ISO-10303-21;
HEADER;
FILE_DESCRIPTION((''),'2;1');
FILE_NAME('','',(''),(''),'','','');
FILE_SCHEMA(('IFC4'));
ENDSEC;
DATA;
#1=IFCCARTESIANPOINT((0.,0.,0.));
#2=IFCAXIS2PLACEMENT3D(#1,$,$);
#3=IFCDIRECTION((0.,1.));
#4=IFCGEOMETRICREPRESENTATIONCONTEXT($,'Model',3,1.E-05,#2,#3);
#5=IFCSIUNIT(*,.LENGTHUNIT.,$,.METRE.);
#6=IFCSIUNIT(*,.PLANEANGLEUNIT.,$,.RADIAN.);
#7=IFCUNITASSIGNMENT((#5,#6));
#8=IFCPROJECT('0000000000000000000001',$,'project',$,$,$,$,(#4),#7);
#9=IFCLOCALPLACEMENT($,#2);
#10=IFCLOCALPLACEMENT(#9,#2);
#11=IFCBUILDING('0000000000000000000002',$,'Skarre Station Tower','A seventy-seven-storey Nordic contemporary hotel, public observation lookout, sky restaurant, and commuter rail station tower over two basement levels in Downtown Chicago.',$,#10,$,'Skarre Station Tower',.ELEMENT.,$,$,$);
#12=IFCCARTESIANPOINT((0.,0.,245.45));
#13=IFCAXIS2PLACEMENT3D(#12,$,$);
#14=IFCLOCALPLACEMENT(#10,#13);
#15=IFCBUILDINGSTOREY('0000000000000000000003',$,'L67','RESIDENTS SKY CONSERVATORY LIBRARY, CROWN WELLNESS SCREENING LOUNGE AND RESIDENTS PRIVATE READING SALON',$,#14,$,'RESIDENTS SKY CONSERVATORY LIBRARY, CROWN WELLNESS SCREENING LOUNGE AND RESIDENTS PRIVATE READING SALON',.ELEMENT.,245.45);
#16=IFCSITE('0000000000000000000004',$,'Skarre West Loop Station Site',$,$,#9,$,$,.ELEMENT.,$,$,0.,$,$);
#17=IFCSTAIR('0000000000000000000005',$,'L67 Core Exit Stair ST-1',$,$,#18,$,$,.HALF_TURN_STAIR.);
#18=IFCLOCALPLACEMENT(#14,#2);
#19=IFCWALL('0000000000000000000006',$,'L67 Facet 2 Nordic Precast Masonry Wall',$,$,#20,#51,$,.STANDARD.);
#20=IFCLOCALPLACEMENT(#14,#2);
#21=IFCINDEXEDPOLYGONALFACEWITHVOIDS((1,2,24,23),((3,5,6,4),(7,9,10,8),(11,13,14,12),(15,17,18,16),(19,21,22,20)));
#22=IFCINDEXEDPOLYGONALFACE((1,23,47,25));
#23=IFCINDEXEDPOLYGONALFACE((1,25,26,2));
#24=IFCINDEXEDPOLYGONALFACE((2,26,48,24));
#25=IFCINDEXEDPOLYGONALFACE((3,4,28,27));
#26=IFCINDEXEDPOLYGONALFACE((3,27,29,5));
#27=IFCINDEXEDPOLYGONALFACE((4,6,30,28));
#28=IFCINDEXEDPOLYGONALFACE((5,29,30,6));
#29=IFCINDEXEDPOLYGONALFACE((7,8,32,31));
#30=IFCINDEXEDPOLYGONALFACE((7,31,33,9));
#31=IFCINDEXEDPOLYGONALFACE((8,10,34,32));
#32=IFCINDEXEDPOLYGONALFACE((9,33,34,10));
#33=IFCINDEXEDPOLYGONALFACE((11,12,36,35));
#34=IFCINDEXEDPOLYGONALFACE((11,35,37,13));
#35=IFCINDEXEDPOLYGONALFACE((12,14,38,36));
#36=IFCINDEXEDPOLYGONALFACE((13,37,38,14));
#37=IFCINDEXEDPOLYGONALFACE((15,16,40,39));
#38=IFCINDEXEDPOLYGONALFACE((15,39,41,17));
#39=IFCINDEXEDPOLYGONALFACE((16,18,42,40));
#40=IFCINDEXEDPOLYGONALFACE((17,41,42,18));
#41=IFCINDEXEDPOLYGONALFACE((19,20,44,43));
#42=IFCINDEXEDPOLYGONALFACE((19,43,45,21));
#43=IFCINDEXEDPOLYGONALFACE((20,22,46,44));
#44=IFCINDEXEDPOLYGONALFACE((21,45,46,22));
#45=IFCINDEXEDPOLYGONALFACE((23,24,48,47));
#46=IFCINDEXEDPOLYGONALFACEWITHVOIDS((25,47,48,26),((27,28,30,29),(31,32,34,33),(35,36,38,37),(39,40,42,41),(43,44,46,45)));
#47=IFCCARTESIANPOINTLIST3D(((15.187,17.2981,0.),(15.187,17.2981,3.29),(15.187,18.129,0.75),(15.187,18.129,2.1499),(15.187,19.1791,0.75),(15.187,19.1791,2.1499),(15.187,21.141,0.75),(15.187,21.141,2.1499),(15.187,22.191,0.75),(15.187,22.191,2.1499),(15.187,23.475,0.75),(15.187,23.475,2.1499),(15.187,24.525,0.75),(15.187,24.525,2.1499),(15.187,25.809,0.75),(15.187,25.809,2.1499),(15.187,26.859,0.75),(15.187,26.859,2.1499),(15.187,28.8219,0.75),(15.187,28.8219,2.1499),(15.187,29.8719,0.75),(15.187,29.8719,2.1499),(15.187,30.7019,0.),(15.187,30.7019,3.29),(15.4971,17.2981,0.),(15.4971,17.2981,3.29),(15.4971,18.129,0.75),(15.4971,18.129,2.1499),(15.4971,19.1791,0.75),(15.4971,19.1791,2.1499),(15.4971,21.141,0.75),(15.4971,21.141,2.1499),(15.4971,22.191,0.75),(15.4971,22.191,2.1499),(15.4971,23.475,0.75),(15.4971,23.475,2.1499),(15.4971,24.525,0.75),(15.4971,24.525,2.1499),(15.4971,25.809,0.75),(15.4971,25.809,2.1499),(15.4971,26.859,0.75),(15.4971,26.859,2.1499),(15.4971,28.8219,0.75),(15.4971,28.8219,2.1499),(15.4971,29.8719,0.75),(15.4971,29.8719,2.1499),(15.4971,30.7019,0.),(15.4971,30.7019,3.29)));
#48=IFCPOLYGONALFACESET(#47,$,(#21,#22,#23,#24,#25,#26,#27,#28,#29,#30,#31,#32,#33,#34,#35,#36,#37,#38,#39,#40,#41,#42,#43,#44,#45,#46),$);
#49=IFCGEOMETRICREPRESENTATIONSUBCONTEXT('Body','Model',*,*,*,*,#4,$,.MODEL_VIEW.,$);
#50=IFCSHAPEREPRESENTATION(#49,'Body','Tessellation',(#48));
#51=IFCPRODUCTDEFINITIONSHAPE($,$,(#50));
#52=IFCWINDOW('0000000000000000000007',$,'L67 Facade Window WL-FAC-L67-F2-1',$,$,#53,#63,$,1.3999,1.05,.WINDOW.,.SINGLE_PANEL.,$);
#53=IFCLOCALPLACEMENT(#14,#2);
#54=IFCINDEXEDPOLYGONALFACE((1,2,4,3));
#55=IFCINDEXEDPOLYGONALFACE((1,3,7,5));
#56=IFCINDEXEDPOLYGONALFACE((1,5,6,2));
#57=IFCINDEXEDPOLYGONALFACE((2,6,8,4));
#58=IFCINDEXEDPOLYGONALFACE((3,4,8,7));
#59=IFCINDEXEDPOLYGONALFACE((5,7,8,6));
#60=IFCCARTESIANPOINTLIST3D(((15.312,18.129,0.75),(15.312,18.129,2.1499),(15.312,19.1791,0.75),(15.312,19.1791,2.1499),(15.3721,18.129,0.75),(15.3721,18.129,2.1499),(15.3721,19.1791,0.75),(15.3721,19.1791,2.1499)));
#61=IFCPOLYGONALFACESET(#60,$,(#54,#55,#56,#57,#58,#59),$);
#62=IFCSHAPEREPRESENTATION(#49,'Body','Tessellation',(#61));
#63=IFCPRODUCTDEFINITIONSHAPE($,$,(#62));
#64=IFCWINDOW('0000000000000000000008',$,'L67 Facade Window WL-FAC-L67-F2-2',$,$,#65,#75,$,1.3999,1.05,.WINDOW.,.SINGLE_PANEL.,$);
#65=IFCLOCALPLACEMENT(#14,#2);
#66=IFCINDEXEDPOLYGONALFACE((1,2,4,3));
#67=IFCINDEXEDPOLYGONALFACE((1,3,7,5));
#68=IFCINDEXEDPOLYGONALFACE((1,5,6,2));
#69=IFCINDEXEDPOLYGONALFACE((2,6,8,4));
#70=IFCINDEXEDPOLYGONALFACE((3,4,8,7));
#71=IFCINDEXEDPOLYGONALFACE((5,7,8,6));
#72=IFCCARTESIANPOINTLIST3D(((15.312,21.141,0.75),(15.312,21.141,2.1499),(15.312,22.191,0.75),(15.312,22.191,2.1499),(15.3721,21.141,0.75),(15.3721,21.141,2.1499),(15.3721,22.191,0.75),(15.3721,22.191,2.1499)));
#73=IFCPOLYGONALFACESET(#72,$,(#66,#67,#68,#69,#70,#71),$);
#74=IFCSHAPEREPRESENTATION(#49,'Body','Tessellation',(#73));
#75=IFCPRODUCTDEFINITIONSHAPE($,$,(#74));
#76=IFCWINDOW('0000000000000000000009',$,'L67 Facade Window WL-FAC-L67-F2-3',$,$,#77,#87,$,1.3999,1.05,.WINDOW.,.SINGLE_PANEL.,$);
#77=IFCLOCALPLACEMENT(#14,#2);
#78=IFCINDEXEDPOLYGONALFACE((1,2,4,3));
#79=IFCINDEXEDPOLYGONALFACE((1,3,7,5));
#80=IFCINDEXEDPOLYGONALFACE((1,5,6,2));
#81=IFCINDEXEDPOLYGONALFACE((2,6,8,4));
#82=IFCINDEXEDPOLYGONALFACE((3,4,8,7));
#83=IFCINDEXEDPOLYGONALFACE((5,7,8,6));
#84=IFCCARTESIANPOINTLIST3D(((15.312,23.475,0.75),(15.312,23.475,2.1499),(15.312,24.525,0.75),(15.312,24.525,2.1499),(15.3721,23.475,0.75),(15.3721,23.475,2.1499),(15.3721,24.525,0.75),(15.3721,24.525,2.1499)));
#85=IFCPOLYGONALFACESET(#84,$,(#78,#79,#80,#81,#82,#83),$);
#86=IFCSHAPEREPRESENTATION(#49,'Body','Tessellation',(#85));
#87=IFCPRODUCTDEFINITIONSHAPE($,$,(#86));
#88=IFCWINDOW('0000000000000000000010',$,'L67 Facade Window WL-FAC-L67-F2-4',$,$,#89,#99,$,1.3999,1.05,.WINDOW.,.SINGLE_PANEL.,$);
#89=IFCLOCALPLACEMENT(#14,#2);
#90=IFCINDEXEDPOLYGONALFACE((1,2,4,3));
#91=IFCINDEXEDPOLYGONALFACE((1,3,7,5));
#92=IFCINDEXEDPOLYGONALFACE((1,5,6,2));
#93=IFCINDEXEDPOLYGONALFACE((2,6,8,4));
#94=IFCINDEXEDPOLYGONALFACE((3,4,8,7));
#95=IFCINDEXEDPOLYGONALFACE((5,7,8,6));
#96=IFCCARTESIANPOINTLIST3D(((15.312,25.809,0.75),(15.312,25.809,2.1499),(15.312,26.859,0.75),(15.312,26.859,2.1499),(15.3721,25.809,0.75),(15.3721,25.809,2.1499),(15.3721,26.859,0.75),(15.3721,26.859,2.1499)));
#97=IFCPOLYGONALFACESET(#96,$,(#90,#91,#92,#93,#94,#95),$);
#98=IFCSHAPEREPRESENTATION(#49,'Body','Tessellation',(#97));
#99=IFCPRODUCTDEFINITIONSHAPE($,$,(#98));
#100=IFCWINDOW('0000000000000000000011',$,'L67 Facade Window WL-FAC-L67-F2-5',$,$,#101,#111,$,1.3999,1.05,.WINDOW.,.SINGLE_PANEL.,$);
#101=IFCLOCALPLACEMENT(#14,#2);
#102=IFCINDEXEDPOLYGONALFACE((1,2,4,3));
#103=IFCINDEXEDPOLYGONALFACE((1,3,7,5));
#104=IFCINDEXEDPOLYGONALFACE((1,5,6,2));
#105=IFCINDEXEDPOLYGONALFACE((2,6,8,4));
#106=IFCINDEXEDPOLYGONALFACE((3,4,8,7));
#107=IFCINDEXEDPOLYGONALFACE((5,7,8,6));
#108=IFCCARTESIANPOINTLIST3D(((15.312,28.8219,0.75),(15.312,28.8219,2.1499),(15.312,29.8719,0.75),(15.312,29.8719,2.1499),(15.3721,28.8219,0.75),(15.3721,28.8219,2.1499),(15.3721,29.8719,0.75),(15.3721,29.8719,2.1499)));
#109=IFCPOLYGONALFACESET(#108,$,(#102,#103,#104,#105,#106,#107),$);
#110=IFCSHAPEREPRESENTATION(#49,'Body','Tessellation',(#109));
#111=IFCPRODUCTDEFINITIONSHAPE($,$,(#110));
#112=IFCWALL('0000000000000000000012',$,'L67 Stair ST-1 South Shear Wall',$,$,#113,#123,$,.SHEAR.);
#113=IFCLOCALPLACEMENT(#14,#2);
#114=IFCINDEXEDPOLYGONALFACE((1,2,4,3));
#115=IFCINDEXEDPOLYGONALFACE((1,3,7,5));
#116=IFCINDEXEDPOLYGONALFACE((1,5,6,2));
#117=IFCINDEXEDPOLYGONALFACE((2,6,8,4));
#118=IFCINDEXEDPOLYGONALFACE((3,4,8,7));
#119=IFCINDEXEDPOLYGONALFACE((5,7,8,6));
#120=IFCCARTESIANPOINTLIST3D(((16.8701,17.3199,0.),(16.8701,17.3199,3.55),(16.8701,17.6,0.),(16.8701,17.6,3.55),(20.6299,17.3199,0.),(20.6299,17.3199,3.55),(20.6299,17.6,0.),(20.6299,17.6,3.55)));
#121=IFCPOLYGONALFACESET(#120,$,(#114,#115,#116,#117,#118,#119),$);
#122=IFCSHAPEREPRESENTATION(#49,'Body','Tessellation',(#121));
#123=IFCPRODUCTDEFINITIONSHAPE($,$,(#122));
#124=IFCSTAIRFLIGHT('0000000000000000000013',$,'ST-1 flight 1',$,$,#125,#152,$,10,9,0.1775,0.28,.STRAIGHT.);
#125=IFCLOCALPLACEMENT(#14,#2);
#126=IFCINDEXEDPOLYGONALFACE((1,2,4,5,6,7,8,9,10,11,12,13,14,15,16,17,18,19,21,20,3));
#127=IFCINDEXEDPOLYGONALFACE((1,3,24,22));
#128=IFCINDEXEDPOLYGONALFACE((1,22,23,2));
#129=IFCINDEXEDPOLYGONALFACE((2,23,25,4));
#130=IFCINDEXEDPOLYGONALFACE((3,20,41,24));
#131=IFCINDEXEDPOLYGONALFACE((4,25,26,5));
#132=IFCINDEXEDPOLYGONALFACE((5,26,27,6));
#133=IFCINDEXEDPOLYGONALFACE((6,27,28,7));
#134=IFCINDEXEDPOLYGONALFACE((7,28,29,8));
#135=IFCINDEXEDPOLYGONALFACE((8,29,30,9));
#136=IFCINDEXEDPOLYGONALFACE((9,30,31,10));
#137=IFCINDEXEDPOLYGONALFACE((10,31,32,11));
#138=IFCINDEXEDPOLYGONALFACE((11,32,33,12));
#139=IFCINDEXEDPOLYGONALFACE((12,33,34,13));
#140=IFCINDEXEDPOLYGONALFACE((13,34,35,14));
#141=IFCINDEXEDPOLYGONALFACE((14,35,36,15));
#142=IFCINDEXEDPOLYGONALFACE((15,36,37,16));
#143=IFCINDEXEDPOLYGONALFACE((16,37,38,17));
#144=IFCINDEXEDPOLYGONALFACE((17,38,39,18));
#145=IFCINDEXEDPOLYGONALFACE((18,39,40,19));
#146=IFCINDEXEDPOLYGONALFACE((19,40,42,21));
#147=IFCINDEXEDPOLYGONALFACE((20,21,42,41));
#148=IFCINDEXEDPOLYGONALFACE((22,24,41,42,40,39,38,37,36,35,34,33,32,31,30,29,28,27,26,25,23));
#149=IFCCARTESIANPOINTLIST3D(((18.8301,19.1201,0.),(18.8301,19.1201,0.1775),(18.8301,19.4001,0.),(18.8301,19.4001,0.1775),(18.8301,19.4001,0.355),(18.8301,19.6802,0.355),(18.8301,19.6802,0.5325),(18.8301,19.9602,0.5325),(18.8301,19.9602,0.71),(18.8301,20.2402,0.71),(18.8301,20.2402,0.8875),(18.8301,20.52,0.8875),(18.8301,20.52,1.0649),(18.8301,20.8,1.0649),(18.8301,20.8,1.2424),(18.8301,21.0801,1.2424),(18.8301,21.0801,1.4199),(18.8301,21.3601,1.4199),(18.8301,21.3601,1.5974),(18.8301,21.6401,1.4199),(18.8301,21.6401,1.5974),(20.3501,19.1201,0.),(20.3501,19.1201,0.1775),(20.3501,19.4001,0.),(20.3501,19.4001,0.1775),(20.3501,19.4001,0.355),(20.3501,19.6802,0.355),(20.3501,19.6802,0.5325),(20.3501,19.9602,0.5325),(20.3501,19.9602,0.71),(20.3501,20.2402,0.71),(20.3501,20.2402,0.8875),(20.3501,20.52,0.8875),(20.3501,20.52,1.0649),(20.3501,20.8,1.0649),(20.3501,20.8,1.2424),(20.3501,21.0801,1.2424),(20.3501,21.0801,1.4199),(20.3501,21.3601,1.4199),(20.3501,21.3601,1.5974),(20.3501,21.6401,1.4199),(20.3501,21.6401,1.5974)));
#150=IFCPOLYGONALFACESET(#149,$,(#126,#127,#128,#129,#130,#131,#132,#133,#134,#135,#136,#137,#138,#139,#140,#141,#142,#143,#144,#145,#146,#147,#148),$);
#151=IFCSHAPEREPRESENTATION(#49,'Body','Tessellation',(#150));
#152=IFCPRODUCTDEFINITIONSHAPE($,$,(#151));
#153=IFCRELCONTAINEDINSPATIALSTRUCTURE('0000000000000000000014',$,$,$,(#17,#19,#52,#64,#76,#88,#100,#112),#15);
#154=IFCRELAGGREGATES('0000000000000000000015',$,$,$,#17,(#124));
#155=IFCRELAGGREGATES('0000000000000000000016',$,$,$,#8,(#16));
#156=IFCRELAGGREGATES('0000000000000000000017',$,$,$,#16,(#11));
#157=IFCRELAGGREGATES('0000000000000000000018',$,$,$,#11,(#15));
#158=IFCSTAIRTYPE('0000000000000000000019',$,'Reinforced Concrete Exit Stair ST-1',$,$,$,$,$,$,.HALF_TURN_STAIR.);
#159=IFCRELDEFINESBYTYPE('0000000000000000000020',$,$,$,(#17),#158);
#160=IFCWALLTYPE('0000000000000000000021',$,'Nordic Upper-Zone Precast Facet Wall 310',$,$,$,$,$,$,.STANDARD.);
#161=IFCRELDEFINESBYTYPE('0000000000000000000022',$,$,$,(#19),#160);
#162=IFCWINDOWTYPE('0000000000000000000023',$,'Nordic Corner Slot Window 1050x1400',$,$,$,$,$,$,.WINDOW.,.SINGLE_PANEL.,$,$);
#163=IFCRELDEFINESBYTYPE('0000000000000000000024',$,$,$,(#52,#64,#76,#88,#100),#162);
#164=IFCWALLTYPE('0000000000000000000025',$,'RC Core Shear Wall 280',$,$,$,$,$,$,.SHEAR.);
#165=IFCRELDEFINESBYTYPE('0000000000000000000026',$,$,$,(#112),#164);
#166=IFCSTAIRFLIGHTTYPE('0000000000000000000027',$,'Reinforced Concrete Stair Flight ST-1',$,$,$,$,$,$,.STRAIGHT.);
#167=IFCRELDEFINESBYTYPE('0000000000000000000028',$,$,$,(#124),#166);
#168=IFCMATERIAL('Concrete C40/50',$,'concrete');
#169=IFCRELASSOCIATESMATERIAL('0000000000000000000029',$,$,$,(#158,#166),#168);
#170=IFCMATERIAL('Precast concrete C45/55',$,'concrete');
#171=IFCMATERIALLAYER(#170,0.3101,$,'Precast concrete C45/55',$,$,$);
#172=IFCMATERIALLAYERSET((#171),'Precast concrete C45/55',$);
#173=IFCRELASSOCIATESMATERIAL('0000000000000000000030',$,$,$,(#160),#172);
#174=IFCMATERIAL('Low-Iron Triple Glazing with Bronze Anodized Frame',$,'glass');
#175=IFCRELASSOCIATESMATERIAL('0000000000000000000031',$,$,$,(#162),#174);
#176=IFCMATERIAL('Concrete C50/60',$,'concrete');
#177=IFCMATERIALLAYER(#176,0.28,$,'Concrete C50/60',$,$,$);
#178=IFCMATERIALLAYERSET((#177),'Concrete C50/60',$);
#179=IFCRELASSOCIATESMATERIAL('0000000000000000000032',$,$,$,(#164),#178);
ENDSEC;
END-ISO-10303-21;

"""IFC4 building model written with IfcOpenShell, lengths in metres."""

from ifc_helpers import new_model, si_unit, direction, frame, frame_2d, origin, place, context, subcontext, project, spatial, polyline, rectangle, outline, extrude, material, layer, layer_set, type_object, element, fill, aggregate, save


model = new_model("IFC4")

# Units and contexts
model_context = context("Model", 3, precision=1e-05, world=origin(), true_north=direction((0.0, 1.0)))
body_context = subcontext(model_context, "Body", "Model", "MODEL_VIEW")
ifc_project = project(units=[si_unit("LENGTHUNIT", "METRE"), si_unit("PLANEANGLEUNIT", "RADIAN")], contexts=[model_context])

# Site, building, storey
site_placement = place(None, origin())
site = spatial("IfcSite", under=ifc_project, at=site_placement, Name="Skarre West Loop Station Site", CompositionType="ELEMENT", RefElevation=0.0)
building_placement = place(site_placement, origin())
building = spatial("IfcBuilding", under=site, at=building_placement, Name="Skarre Station Tower", Description="A seventy-seven-storey Nordic contemporary hotel, public observation lookout, sky restaurant, and commuter rail station tower over two basement levels in Downtown Chicago.", LongName="Skarre Station Tower", CompositionType="ELEMENT")
storey_placement = place(building_placement, frame((0.0, 0.0, 245.45)))
storey = spatial("IfcBuildingStorey", under=building, at=storey_placement, Name="L67", Description="RESIDENTS SKY CONSERVATORY LIBRARY, CROWN WELLNESS SCREENING LOUNGE AND RESIDENTS PRIVATE READING SALON", LongName="RESIDENTS SKY CONSERVATORY LIBRARY, CROWN WELLNESS SCREENING LOUNGE AND RESIDENTS PRIVATE READING SALON", CompositionType="ELEMENT", Elevation=245.45)

# Shared definitions
ifc_material_1 = material(Name="Concrete C50/60", Category="concrete")

# Stair
ifc_material_2 = material(Name="Concrete C40/50", Category="concrete")
stair_type_1 = type_object("IfcStairType", Name="Reinforced Concrete Exit Stair ST-1", PredefinedType="HALF_TURN_STAIR", material=ifc_material_2)
stair_1_placement = place(storey_placement, origin())
stair_1 = element("IfcStair", 1, at=stair_1_placement, inside=storey, type_object=stair_type_1, Name="L67 Core Exit Stair ST-1", PredefinedType="HALF_TURN_STAIR")

# Shared definitions
ifc_material_3 = material(Name="Precast concrete C45/55", Category="concrete")

# Wall, openings, windows
ifc_layer_1 = layer(ifc_material_3, 0.3101, Name="Precast concrete C45/55")
ifc_layer_set_1 = layer_set([ifc_layer_1], Name="Precast concrete C45/55")
wall_type_1 = type_object("IfcWallType", Name="Nordic Upper-Zone Precast Facet Wall 310", PredefinedType="STANDARD", material=ifc_layer_set_1)
wall_1_placement = place(storey_placement, frame((15.342, 17.2981, 0.0), z_axis=(0.0, 0.0, 1.0), x_axis=(0.0, 1.0, 0.0)))
wall_1 = element("IfcWall", 2, at=wall_1_placement, inside=storey, type_object=wall_type_1, Name="L67 Facet 2 Nordic Precast Masonry Wall", PredefinedType="STANDARD", context=body_context, shape_type="SweptSolid", body=[
    extrude(rectangle(XDim=13.4038, YDim=0.3101, at=frame_2d((6.7019, 0.0))), origin(), (0.0, 0.0, 1.0), 3.29),
])
opening_1_placement = place(wall_1_placement, frame((0.8311, 0.0, 0.75)))
opening_1 = element("IfcOpeningElement", 3, at=opening_1_placement, cuts=wall_1, PredefinedType="OPENING", context=body_context, shape_type="SweptSolid", body=[
    extrude(rectangle(XDim=1.05, YDim=1.3999, at=frame_2d((0.5249, 0.7))), frame((0.0, 0.165, 0.0), z_axis=(0.0, -1.0, 0.0), x_axis=(1.0, 0.0, 0.0)), (0.0, 0.0, 1.0), 0.3301),
])
opening_2_placement = place(wall_1_placement, frame((3.843, 0.0, 0.75)))
opening_2 = element("IfcOpeningElement", 4, at=opening_2_placement, cuts=wall_1, PredefinedType="OPENING", context=body_context, shape_type="SweptSolid", body=[
    extrude(rectangle(XDim=1.05, YDim=1.3999, at=frame_2d((0.5249, 0.7))), frame((0.0, 0.165, 0.0), z_axis=(0.0, -1.0, 0.0), x_axis=(1.0, 0.0, 0.0)), (0.0, 0.0, 1.0), 0.3301),
])
opening_3_placement = place(wall_1_placement, frame((6.177, 0.0, 0.75)))
opening_3 = element("IfcOpeningElement", 5, at=opening_3_placement, cuts=wall_1, PredefinedType="OPENING", context=body_context, shape_type="SweptSolid", body=[
    extrude(rectangle(XDim=1.05, YDim=1.3999, at=frame_2d((0.5249, 0.7))), frame((0.0, 0.165, 0.0), z_axis=(0.0, -1.0, 0.0), x_axis=(1.0, 0.0, 0.0)), (0.0, 0.0, 1.0), 0.3301),
])
opening_4_placement = place(wall_1_placement, frame((8.511, 0.0, 0.75)))
opening_4 = element("IfcOpeningElement", 6, at=opening_4_placement, cuts=wall_1, PredefinedType="OPENING", context=body_context, shape_type="SweptSolid", body=[
    extrude(rectangle(XDim=1.05, YDim=1.3999, at=frame_2d((0.5249, 0.7))), frame((0.0, 0.165, 0.0), z_axis=(0.0, -1.0, 0.0), x_axis=(1.0, 0.0, 0.0)), (0.0, 0.0, 1.0), 0.3301),
])
opening_5_placement = place(wall_1_placement, frame((11.5239, 0.0, 0.75)))
opening_5 = element("IfcOpeningElement", 7, at=opening_5_placement, cuts=wall_1, PredefinedType="OPENING", context=body_context, shape_type="SweptSolid", body=[
    extrude(rectangle(XDim=1.05, YDim=1.3999, at=frame_2d((0.5249, 0.7))), frame((0.0, 0.165, 0.0), z_axis=(0.0, -1.0, 0.0), x_axis=(1.0, 0.0, 0.0)), (0.0, 0.0, 1.0), 0.3301),
])
ifc_material_4 = material(Name="Low-Iron Triple Glazing with Bronze Anodized Frame", Category="glass")
window_type = type_object("IfcWindowType", Name="Nordic Corner Slot Window 1050x1400", PartitioningType="SINGLE_PANEL", PredefinedType="WINDOW", material=ifc_material_4)
window_1_placement = place(opening_1_placement, origin())
window_1 = element("IfcWindow", 8, at=window_1_placement, inside=storey, type_object=window_type, Name="L67 Facade Window WL-FAC-L67-F2-1", OverallHeight=1.3999, OverallWidth=1.05, PartitioningType="SINGLE_PANEL", PredefinedType="WINDOW", context=body_context, shape_type="SweptSolid", body=[
    extrude(rectangle(XDim=1.05, YDim=1.3999, at=frame_2d((0.5249, 0.7))), frame((0.0, 0.03, 0.0), z_axis=(0.0, -1.0, 0.0), x_axis=(1.0, 0.0, 0.0)), (0.0, 0.0, 1.0), 0.0601),
])
fill(opening_1, window_1)
window_2_placement = place(opening_2_placement, origin())
window_2 = element("IfcWindow", 9, at=window_2_placement, inside=storey, type_object=window_type, Name="L67 Facade Window WL-FAC-L67-F2-2", OverallHeight=1.3999, OverallWidth=1.05, PartitioningType="SINGLE_PANEL", PredefinedType="WINDOW", context=body_context, shape_type="SweptSolid", body=[
    extrude(rectangle(XDim=1.05, YDim=1.3999, at=frame_2d((0.5249, 0.7))), frame((0.0, 0.03, 0.0), z_axis=(0.0, -1.0, 0.0), x_axis=(1.0, 0.0, 0.0)), (0.0, 0.0, 1.0), 0.0601),
])
fill(opening_2, window_2)
window_3_placement = place(opening_3_placement, origin())
window_3 = element("IfcWindow", 10, at=window_3_placement, inside=storey, type_object=window_type, Name="L67 Facade Window WL-FAC-L67-F2-3", OverallHeight=1.3999, OverallWidth=1.05, PartitioningType="SINGLE_PANEL", PredefinedType="WINDOW", context=body_context, shape_type="SweptSolid", body=[
    extrude(rectangle(XDim=1.05, YDim=1.3999, at=frame_2d((0.5249, 0.7))), frame((0.0, 0.03, 0.0), z_axis=(0.0, -1.0, 0.0), x_axis=(1.0, 0.0, 0.0)), (0.0, 0.0, 1.0), 0.0601),
])
fill(opening_3, window_3)
window_4_placement = place(opening_4_placement, origin())
window_4 = element("IfcWindow", 11, at=window_4_placement, inside=storey, type_object=window_type, Name="L67 Facade Window WL-FAC-L67-F2-4", OverallHeight=1.3999, OverallWidth=1.05, PartitioningType="SINGLE_PANEL", PredefinedType="WINDOW", context=body_context, shape_type="SweptSolid", body=[
    extrude(rectangle(XDim=1.05, YDim=1.3999, at=frame_2d((0.5249, 0.7))), frame((0.0, 0.03, 0.0), z_axis=(0.0, -1.0, 0.0), x_axis=(1.0, 0.0, 0.0)), (0.0, 0.0, 1.0), 0.0601),
])
fill(opening_4, window_4)
window_5_placement = place(opening_5_placement, origin())
window_5 = element("IfcWindow", 12, at=window_5_placement, inside=storey, type_object=window_type, Name="L67 Facade Window WL-FAC-L67-F2-5", OverallHeight=1.3999, OverallWidth=1.05, PartitioningType="SINGLE_PANEL", PredefinedType="WINDOW", context=body_context, shape_type="SweptSolid", body=[
    extrude(rectangle(XDim=1.05, YDim=1.3999, at=frame_2d((0.5249, 0.7))), frame((0.0, 0.03, 0.0), z_axis=(0.0, -1.0, 0.0), x_axis=(1.0, 0.0, 0.0)), (0.0, 0.0, 1.0), 0.0601),
])
fill(opening_5, window_5)

# Wall
ifc_layer_2 = layer(ifc_material_1, 0.28, Name="Concrete C50/60")
ifc_layer_set_2 = layer_set([ifc_layer_2], Name="Concrete C50/60")
wall_type_2 = type_object("IfcWallType", Name="RC Core Shear Wall 280", PredefinedType="SHEAR", material=ifc_layer_set_2)
wall_2_placement = place(storey_placement, frame((16.8701, 17.46, 0.0), z_axis=(0.0, 0.0, 1.0), x_axis=(1.0, 0.0, 0.0)))
element("IfcWall", 13, at=wall_2_placement, inside=storey, type_object=wall_type_2, Name="L67 Stair ST-1 South Shear Wall", PredefinedType="SHEAR", context=body_context, shape_type="SweptSolid", body=[
    extrude(rectangle(XDim=3.7598, YDim=0.28, at=frame_2d((1.8799, 0.0))), origin(), (0.0, 0.0, 1.0), 3.55),
])

# Stair flight
stair_flight_type = type_object("IfcStairFlightType", Name="Reinforced Concrete Stair Flight ST-1", PredefinedType="STRAIGHT", material=ifc_material_2)
stair_flight_1_placement = place(storey_placement, frame((19.5901, 19.1201, 0.0), z_axis=(0.0, 0.0, 1.0), x_axis=(0.0, 1.0, 0.0)))
stair_flight_1 = element("IfcStairFlight", 14, at=stair_flight_1_placement, type_object=stair_flight_type, Name="ST-1 flight 1", NumberOfRisers=10, NumberOfTreads=9, PredefinedType="STRAIGHT", RiserHeight=0.1775, TreadLength=0.28, context=body_context, shape_type="SweptSolid", body=[
    extrude(outline(polyline([(0.0, 0.0), (0.0, 0.1775), (0.28, 0.1775), (0.28, 0.355), (0.5601, 0.355), (0.5601, 0.5325), (0.8401, 0.5325), (0.8401, 0.71), (1.1201, 0.71), (1.1201, 0.8875), (1.3999, 0.8875), (1.3999, 1.0649), (1.6799, 1.0649), (1.6799, 1.2424), (1.96, 1.2424), (1.96, 1.4199), (2.24, 1.4199), (2.24, 1.5974), (2.52, 1.5974), (2.52, 1.7749), (2.52, 1.4199), (0.28, 0.0), (0.0, 0.0)])), frame((0.0, 0.76, 0.0), z_axis=(0.0, -1.0, 0.0), x_axis=(1.0, 0.0, 0.0)), (0.0, 0.0, 1.0), 1.52),
])
aggregate(stair_1, [stair_flight_1])

save(model, "model.ifc")
